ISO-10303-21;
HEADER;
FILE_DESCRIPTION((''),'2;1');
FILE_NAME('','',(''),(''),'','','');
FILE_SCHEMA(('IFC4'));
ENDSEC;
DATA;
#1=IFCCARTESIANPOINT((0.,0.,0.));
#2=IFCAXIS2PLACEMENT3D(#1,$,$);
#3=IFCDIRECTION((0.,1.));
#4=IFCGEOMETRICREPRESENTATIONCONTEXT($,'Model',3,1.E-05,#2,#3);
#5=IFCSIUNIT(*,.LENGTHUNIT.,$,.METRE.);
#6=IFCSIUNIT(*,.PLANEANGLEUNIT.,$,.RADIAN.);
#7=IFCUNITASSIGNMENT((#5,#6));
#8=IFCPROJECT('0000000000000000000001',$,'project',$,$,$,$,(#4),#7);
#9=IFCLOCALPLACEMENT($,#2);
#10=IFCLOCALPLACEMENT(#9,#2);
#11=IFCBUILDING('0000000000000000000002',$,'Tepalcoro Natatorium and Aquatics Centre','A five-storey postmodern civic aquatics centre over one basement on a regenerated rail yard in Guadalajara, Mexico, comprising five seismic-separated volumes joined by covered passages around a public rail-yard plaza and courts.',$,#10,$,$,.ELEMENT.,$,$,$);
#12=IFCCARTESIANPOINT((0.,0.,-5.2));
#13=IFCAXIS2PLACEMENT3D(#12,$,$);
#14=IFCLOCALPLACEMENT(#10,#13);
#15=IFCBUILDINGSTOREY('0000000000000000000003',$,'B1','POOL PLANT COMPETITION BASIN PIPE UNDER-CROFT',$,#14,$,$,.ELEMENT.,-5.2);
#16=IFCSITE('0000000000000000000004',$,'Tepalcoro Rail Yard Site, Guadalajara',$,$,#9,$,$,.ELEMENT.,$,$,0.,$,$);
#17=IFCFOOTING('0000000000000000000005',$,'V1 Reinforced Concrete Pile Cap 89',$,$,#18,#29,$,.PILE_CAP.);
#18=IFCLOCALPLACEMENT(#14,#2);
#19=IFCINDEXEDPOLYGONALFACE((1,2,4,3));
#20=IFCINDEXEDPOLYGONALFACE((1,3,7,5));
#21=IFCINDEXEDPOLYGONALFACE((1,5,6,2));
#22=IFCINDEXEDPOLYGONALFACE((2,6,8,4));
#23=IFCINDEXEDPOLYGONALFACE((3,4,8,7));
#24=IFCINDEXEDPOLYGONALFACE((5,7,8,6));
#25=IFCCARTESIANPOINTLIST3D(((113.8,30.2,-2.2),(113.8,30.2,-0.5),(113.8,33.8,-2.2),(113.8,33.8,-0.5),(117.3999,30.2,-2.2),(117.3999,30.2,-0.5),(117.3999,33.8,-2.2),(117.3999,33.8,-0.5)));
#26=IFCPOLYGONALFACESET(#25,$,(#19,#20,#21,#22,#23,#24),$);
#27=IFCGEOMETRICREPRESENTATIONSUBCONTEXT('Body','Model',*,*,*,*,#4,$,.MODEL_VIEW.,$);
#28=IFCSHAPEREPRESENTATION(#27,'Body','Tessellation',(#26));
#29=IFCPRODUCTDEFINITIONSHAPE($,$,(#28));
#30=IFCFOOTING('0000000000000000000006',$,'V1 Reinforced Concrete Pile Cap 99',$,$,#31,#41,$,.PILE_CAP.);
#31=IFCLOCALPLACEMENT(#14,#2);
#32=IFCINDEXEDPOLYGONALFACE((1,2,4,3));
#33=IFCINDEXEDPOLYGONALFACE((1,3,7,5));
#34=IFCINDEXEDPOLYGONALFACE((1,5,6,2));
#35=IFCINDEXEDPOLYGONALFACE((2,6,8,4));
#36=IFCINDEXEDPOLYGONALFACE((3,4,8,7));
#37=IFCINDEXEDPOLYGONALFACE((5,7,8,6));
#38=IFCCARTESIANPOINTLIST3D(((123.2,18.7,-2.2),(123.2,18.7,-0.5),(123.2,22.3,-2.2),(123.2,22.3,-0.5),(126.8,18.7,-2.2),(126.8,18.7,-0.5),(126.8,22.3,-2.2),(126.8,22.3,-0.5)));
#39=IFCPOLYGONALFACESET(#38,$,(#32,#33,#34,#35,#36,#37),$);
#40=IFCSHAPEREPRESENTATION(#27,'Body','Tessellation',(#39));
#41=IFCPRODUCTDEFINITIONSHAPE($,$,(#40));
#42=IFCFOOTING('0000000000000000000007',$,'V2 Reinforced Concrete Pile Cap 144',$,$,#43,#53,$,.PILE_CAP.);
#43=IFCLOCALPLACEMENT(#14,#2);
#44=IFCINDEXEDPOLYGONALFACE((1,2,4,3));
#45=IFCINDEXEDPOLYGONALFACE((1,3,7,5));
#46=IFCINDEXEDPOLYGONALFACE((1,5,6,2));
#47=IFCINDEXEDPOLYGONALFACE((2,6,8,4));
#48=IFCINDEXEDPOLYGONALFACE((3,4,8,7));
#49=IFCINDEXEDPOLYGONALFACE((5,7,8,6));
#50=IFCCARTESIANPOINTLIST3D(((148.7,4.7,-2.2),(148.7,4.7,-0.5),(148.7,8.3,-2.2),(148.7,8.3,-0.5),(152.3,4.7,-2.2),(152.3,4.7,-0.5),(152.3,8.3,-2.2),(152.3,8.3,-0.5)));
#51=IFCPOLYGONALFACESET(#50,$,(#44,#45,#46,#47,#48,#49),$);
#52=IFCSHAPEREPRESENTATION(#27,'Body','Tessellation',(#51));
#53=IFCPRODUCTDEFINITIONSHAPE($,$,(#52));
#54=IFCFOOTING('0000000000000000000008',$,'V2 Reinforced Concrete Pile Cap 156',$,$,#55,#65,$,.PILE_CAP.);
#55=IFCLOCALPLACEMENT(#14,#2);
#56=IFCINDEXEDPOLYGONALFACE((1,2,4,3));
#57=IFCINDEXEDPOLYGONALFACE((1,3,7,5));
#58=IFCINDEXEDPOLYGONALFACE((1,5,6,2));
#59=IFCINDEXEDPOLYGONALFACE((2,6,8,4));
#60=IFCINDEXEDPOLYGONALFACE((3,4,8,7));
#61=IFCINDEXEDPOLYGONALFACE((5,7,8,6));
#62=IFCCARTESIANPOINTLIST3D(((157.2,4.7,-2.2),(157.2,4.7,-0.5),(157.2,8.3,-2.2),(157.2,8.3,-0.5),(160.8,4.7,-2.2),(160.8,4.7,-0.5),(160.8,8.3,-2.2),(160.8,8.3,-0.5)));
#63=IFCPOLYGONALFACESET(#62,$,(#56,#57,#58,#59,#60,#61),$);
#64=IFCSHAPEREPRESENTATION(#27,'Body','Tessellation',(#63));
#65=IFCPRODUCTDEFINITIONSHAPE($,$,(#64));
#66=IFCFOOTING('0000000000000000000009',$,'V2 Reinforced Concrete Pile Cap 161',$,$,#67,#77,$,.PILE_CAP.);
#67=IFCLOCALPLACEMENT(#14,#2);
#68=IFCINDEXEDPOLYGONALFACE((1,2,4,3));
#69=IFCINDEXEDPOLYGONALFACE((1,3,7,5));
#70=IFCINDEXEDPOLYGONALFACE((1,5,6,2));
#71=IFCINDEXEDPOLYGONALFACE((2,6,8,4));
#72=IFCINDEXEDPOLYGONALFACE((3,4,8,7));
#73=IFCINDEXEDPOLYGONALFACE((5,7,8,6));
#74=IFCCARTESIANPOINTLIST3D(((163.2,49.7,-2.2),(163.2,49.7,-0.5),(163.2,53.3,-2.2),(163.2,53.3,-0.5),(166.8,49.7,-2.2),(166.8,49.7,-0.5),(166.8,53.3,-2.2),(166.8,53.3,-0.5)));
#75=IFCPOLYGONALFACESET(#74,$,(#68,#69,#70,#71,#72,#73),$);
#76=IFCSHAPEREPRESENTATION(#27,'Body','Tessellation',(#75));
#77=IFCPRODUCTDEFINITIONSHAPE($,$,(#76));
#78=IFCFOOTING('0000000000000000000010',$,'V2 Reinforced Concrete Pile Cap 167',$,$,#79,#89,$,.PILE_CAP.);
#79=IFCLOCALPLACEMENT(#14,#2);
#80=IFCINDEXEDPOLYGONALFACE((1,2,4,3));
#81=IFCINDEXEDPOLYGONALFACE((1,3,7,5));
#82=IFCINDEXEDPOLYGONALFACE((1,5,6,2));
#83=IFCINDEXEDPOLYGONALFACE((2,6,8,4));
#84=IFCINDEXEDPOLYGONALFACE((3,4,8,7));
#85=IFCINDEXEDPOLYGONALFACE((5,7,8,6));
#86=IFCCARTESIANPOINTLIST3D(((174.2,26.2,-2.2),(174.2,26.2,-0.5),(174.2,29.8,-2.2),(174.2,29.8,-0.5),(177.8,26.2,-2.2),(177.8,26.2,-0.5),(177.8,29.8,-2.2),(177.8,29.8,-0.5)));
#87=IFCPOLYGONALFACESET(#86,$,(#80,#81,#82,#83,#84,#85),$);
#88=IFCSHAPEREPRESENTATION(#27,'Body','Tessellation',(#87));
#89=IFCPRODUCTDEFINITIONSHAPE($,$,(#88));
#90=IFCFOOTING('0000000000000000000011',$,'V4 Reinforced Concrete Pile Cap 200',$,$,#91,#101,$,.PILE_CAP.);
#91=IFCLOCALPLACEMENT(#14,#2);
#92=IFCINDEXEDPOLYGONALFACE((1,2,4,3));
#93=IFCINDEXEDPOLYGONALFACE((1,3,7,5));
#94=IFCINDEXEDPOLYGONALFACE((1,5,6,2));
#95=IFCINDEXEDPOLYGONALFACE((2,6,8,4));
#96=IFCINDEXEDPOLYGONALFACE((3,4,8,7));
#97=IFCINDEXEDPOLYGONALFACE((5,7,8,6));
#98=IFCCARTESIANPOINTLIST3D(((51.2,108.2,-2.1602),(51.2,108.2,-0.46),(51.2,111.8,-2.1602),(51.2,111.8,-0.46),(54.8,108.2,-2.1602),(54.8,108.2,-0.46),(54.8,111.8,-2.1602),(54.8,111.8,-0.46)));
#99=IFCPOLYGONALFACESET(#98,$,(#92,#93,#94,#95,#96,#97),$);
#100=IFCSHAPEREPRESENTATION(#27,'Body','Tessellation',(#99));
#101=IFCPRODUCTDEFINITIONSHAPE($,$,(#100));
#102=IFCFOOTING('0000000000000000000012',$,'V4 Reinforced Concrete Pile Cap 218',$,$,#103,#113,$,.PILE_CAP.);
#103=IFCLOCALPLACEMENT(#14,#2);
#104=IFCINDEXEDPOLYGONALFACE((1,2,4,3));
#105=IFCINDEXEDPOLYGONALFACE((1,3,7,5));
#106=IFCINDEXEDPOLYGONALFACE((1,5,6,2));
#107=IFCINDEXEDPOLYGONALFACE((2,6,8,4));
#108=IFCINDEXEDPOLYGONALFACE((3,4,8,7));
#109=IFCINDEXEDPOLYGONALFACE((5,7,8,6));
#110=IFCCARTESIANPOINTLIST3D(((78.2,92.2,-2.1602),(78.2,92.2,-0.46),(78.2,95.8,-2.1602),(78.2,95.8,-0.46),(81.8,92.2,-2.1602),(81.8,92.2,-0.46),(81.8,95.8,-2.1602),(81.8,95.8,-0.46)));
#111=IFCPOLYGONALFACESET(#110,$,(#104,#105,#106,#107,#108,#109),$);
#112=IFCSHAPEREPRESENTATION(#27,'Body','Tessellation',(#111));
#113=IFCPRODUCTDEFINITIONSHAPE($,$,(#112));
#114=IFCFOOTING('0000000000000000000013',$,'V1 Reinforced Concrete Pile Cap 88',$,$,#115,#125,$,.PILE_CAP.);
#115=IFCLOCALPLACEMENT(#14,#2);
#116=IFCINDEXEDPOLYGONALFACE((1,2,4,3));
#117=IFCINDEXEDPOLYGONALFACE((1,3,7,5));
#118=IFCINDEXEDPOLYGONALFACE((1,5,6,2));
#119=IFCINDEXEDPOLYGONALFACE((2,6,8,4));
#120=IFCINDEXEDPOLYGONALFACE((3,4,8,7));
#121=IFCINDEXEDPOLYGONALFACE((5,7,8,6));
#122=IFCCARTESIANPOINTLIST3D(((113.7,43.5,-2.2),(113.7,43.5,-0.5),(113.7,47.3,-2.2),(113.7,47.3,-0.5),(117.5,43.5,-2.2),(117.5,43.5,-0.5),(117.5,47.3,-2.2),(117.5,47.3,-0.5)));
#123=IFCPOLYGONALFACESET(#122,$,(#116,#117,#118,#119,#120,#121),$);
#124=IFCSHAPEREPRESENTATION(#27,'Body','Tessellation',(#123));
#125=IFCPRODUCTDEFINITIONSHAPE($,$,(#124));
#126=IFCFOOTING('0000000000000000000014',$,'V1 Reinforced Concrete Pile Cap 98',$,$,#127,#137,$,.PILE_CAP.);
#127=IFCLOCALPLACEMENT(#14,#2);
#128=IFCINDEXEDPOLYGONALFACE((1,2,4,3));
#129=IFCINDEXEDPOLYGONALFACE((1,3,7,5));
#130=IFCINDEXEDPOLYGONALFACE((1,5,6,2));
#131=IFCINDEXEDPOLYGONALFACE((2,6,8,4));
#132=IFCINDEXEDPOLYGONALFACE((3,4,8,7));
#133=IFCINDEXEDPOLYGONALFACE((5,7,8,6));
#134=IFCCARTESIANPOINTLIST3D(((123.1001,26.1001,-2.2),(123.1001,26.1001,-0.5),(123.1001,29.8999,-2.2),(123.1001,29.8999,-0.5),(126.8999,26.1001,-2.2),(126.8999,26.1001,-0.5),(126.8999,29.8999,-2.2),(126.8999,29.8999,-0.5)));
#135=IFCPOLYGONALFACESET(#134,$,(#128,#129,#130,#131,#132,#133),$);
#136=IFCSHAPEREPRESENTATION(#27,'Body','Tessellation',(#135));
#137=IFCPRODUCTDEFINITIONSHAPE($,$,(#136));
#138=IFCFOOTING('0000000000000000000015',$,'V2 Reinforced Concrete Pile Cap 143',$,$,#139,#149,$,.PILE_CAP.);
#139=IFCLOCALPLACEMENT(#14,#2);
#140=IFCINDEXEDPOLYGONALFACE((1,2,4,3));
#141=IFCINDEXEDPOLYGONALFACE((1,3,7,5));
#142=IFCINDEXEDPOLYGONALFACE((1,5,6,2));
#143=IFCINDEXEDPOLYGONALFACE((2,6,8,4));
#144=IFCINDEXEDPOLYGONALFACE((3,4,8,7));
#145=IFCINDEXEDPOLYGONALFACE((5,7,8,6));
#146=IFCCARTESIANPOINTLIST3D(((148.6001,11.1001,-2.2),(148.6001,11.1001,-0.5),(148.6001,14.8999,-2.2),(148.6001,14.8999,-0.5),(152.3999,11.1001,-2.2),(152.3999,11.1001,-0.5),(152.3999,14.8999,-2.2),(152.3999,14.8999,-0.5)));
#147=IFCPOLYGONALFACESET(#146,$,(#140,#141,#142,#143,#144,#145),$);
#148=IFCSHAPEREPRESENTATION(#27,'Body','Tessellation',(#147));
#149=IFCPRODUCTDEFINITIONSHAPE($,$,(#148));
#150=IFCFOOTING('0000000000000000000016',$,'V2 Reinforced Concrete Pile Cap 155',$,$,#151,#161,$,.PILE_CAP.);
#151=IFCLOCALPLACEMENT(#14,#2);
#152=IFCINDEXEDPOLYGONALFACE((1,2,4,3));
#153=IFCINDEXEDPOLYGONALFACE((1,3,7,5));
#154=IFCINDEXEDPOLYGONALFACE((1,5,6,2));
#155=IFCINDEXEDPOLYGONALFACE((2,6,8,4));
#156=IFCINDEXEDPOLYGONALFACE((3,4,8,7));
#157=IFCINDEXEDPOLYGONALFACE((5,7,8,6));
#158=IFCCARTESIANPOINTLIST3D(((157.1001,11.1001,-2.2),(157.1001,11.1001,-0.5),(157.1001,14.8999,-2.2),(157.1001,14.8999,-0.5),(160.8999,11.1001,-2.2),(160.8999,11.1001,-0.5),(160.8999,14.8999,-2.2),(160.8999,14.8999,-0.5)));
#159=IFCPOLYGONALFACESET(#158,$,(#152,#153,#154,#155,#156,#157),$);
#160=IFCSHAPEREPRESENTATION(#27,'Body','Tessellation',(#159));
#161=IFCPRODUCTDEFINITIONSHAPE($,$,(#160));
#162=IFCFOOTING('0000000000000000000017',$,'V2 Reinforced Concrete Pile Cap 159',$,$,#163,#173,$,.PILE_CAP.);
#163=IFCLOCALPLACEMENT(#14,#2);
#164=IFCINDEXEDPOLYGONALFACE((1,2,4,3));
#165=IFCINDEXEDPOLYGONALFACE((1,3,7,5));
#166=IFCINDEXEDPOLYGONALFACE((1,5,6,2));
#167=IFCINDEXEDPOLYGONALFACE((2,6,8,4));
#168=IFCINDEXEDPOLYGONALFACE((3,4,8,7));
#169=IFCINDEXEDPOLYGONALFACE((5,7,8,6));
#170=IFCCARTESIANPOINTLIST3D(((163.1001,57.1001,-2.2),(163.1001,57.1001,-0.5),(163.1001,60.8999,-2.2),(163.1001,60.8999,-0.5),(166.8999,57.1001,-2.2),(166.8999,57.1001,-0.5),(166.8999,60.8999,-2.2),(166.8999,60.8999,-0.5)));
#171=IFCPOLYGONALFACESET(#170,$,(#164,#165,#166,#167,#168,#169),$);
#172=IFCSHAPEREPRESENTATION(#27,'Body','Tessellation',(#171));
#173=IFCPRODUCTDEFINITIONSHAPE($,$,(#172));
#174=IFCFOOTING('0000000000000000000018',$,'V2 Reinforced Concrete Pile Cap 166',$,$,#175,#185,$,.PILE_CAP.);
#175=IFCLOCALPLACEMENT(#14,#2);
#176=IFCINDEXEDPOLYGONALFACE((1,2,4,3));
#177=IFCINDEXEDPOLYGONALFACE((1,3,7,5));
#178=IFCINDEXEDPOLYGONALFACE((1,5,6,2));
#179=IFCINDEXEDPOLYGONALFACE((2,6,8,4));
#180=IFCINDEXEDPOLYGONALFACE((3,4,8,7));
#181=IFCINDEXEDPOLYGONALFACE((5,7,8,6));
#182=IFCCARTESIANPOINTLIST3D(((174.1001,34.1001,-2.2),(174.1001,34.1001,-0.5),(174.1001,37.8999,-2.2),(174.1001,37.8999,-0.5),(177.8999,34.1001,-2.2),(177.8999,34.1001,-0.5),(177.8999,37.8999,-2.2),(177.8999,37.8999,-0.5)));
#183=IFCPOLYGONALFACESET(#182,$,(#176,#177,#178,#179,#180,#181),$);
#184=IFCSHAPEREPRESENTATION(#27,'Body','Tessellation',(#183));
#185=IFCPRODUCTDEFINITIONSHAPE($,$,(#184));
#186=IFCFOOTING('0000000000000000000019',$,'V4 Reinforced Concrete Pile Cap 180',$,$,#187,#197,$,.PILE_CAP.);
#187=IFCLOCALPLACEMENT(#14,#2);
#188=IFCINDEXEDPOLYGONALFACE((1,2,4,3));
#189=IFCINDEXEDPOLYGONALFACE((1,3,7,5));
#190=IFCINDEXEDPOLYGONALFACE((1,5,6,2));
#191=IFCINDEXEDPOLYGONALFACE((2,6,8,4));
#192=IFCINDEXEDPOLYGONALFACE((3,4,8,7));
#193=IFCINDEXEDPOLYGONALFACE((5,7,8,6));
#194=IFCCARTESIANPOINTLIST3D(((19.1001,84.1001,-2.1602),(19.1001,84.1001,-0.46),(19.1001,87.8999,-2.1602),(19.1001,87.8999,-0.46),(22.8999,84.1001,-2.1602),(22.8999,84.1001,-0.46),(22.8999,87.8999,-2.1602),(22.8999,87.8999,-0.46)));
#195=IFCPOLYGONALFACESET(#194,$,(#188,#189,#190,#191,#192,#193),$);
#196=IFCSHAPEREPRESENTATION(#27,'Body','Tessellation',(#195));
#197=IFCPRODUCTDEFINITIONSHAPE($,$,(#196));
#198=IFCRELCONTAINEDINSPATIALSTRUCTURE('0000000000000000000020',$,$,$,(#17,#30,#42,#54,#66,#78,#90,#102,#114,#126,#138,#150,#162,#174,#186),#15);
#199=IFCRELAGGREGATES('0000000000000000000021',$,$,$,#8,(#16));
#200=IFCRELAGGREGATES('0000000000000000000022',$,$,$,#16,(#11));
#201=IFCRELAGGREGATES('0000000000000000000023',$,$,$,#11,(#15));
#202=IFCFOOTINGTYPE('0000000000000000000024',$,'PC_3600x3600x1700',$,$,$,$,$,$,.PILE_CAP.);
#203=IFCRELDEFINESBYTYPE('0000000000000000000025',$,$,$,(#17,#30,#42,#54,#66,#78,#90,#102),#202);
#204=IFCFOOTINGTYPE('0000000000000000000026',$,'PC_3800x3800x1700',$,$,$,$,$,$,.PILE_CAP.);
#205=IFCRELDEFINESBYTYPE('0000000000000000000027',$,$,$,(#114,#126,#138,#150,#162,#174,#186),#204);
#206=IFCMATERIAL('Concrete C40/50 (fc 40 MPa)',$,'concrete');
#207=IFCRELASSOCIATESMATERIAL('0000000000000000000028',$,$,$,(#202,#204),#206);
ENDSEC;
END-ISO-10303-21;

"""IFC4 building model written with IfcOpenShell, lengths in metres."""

from ifc_helpers import new_model, si_unit, direction, frame, origin, place, context, subcontext, project, spatial, polyline, outline, extrude, material, type_object, element, save


model = new_model("IFC4")

# Units and contexts
model_context = context("Model", 3, precision=1e-05, world=origin(), true_north=direction((0.0, 1.0)))
body_context = subcontext(model_context, "Body", "Model", "MODEL_VIEW")
ifc_project = project(units=[si_unit("LENGTHUNIT", "METRE"), si_unit("PLANEANGLEUNIT", "RADIAN")], contexts=[model_context])

# Site, building, storey
site_placement = place(None, origin())
site = spatial("IfcSite", under=ifc_project, at=site_placement, Name="Tepalcoro Rail Yard Site, Guadalajara", CompositionType="ELEMENT", RefElevation=0.0)
building_placement = place(site_placement, origin())
building = spatial("IfcBuilding", under=site, at=building_placement, Name="Tepalcoro Natatorium and Aquatics Centre", Description="A five-storey postmodern civic aquatics centre over one basement on a regenerated rail yard in Guadalajara, Mexico, comprising five seismic-separated volumes joined by covered passages around a public rail-yard plaza and courts.", CompositionType="ELEMENT")
storey_placement = place(building_placement, frame((0.0, 0.0, -5.2)))
storey = spatial("IfcBuildingStorey", under=building, at=storey_placement, Name="B1", Description="POOL PLANT COMPETITION BASIN PIPE UNDER-CROFT", CompositionType="ELEMENT", Elevation=-5.2)

# Footings
ifc_material = material(Name="Concrete C40/50 (fc 40 MPa)", Category="concrete")
footing_type_1 = type_object("IfcFootingType", Name="PC_3600x3600x1700", PredefinedType="PILE_CAP", material=ifc_material)
footing_1_placement = place(storey_placement, frame((0.0, 0.0, -2.2)))
element("IfcFooting", 1, at=footing_1_placement, inside=storey, type_object=footing_type_1, Name="V1 Reinforced Concrete Pile Cap 89", PredefinedType="PILE_CAP", context=body_context, shape_type="SweptSolid", body=[
    extrude(outline(polyline([(113.8, 30.2), (117.3999, 30.2), (117.3999, 33.8), (113.8, 33.8), (113.8, 30.2)])), origin(), (0.0, 0.0, 1.0), 1.7),
])
footing_2_placement = place(storey_placement, frame((0.0, 0.0, -2.2)))
element("IfcFooting", 2, at=footing_2_placement, inside=storey, type_object=footing_type_1, Name="V1 Reinforced Concrete Pile Cap 99", PredefinedType="PILE_CAP", context=body_context, shape_type="SweptSolid", body=[
    extrude(outline(polyline([(123.2, 18.7), (126.8, 18.7), (126.8, 22.3), (123.2, 22.3), (123.2, 18.7)])), origin(), (0.0, 0.0, 1.0), 1.7),
])
footing_3_placement = place(storey_placement, frame((0.0, 0.0, -2.2)))
element("IfcFooting", 3, at=footing_3_placement, inside=storey, type_object=footing_type_1, Name="V2 Reinforced Concrete Pile Cap 144", PredefinedType="PILE_CAP", context=body_context, shape_type="SweptSolid", body=[
    extrude(outline(polyline([(148.7, 4.7), (152.3, 4.7), (152.3, 8.3), (148.7, 8.3), (148.7, 4.7)])), origin(), (0.0, 0.0, 1.0), 1.7),
])
footing_4_placement = place(storey_placement, frame((0.0, 0.0, -2.2)))
element("IfcFooting", 4, at=footing_4_placement, inside=storey, type_object=footing_type_1, Name="V2 Reinforced Concrete Pile Cap 156", PredefinedType="PILE_CAP", context=body_context, shape_type="SweptSolid", body=[
    extrude(outline(polyline([(157.2, 4.7), (160.8, 4.7), (160.8, 8.3), (157.2, 8.3), (157.2, 4.7)])), origin(), (0.0, 0.0, 1.0), 1.7),
])
footing_5_placement = place(storey_placement, frame((0.0, 0.0, -2.2)))
element("IfcFooting", 5, at=footing_5_placement, inside=storey, type_object=footing_type_1, Name="V2 Reinforced Concrete Pile Cap 161", PredefinedType="PILE_CAP", context=body_context, shape_type="SweptSolid", body=[
    extrude(outline(polyline([(163.2, 49.7), (166.8, 49.7), (166.8, 53.3), (163.2, 53.3), (163.2, 49.7)])), origin(), (0.0, 0.0, 1.0), 1.7),
])
footing_6_placement = place(storey_placement, frame((0.0, 0.0, -2.2)))
element("IfcFooting", 6, at=footing_6_placement, inside=storey, type_object=footing_type_1, Name="V2 Reinforced Concrete Pile Cap 167", PredefinedType="PILE_CAP", context=body_context, shape_type="SweptSolid", body=[
    extrude(outline(polyline([(174.2, 26.2), (177.8, 26.2), (177.8, 29.8), (174.2, 29.8), (174.2, 26.2)])), origin(), (0.0, 0.0, 1.0), 1.7),
])
footing_7_placement = place(storey_placement, frame((0.0, 0.0, -2.1602)))
element("IfcFooting", 7, at=footing_7_placement, inside=storey, type_object=footing_type_1, Name="V4 Reinforced Concrete Pile Cap 200", PredefinedType="PILE_CAP", context=body_context, shape_type="SweptSolid", body=[
    extrude(outline(polyline([(51.2, 108.2), (54.8, 108.2), (54.8, 111.8), (51.2, 111.8), (51.2, 108.2)])), origin(), (0.0, 0.0, 1.0), 1.7002),
])
footing_8_placement = place(storey_placement, frame((0.0, 0.0, -2.1602)))
element("IfcFooting", 8, at=footing_8_placement, inside=storey, type_object=footing_type_1, Name="V4 Reinforced Concrete Pile Cap 218", PredefinedType="PILE_CAP", context=body_context, shape_type="SweptSolid", body=[
    extrude(outline(polyline([(78.2, 92.2), (81.8, 92.2), (81.8, 95.8), (78.2, 95.8), (78.2, 92.2)])), origin(), (0.0, 0.0, 1.0), 1.7002),
])
footing_type_2 = type_object("IfcFootingType", Name="PC_3800x3800x1700", PredefinedType="PILE_CAP", material=ifc_material)
footing_9_placement = place(storey_placement, frame((0.0, 0.0, -2.2)))
element("IfcFooting", 9, at=footing_9_placement, inside=storey, type_object=footing_type_2, Name="V1 Reinforced Concrete Pile Cap 88", PredefinedType="PILE_CAP", context=body_context, shape_type="SweptSolid", body=[
    extrude(outline(polyline([(113.7, 43.5), (117.5, 43.5), (117.5, 47.3), (113.7, 47.3), (113.7, 43.5)])), origin(), (0.0, 0.0, 1.0), 1.7),
])
footing_10_placement = place(storey_placement, frame((0.0, 0.0, -2.2)))
element("IfcFooting", 10, at=footing_10_placement, inside=storey, type_object=footing_type_2, Name="V1 Reinforced Concrete Pile Cap 98", PredefinedType="PILE_CAP", context=body_context, shape_type="SweptSolid", body=[
    extrude(outline(polyline([(123.1001, 26.1001), (126.8999, 26.1001), (126.8999, 29.8999), (123.1001, 29.8999), (123.1001, 26.1001)])), origin(), (0.0, 0.0, 1.0), 1.7),
])
footing_11_placement = place(storey_placement, frame((0.0, 0.0, -2.2)))
element("IfcFooting", 11, at=footing_11_placement, inside=storey, type_object=footing_type_2, Name="V2 Reinforced Concrete Pile Cap 143", PredefinedType="PILE_CAP", context=body_context, shape_type="SweptSolid", body=[
    extrude(outline(polyline([(148.6001, 11.1001), (152.3999, 11.1001), (152.3999, 14.8999), (148.6001, 14.8999), (148.6001, 11.1001)])), origin(), (0.0, 0.0, 1.0), 1.7),
])
footing_12_placement = place(storey_placement, frame((0.0, 0.0, -2.2)))
element("IfcFooting", 12, at=footing_12_placement, inside=storey, type_object=footing_type_2, Name="V2 Reinforced Concrete Pile Cap 155", PredefinedType="PILE_CAP", context=body_context, shape_type="SweptSolid", body=[
    extrude(outline(polyline([(157.1001, 11.1001), (160.8999, 11.1001), (160.8999, 14.8999), (157.1001, 14.8999), (157.1001, 11.1001)])), origin(), (0.0, 0.0, 1.0), 1.7),
])
footing_13_placement = place(storey_placement, frame((0.0, 0.0, -2.2)))
element("IfcFooting", 13, at=footing_13_placement, inside=storey, type_object=footing_type_2, Name="V2 Reinforced Concrete Pile Cap 159", PredefinedType="PILE_CAP", context=body_context, shape_type="SweptSolid", body=[
    extrude(outline(polyline([(163.1001, 57.1001), (166.8999, 57.1001), (166.8999, 60.8999), (163.1001, 60.8999), (163.1001, 57.1001)])), origin(), (0.0, 0.0, 1.0), 1.7),
])
footing_14_placement = place(storey_placement, frame((0.0, 0.0, -2.2)))
element("IfcFooting", 14, at=footing_14_placement, inside=storey, type_object=footing_type_2, Name="V2 Reinforced Concrete Pile Cap 166", PredefinedType="PILE_CAP", context=body_context, shape_type="SweptSolid", body=[
    extrude(outline(polyline([(174.1001, 34.1001), (177.8999, 34.1001), (177.8999, 37.8999), (174.1001, 37.8999), (174.1001, 34.1001)])), origin(), (0.0, 0.0, 1.0), 1.7),
])
footing_15_placement = place(storey_placement, frame((0.0, 0.0, -2.1602)))
element("IfcFooting", 15, at=footing_15_placement, inside=storey, type_object=footing_type_2, Name="V4 Reinforced Concrete Pile Cap 180", PredefinedType="PILE_CAP", context=body_context, shape_type="SweptSolid", body=[
    extrude(outline(polyline([(19.1001, 84.1001), (22.8999, 84.1001), (22.8999, 87.8999), (19.1001, 87.8999), (19.1001, 84.1001)])), origin(), (0.0, 0.0, 1.0), 1.7002),
])

save(model, "model.ifc")
